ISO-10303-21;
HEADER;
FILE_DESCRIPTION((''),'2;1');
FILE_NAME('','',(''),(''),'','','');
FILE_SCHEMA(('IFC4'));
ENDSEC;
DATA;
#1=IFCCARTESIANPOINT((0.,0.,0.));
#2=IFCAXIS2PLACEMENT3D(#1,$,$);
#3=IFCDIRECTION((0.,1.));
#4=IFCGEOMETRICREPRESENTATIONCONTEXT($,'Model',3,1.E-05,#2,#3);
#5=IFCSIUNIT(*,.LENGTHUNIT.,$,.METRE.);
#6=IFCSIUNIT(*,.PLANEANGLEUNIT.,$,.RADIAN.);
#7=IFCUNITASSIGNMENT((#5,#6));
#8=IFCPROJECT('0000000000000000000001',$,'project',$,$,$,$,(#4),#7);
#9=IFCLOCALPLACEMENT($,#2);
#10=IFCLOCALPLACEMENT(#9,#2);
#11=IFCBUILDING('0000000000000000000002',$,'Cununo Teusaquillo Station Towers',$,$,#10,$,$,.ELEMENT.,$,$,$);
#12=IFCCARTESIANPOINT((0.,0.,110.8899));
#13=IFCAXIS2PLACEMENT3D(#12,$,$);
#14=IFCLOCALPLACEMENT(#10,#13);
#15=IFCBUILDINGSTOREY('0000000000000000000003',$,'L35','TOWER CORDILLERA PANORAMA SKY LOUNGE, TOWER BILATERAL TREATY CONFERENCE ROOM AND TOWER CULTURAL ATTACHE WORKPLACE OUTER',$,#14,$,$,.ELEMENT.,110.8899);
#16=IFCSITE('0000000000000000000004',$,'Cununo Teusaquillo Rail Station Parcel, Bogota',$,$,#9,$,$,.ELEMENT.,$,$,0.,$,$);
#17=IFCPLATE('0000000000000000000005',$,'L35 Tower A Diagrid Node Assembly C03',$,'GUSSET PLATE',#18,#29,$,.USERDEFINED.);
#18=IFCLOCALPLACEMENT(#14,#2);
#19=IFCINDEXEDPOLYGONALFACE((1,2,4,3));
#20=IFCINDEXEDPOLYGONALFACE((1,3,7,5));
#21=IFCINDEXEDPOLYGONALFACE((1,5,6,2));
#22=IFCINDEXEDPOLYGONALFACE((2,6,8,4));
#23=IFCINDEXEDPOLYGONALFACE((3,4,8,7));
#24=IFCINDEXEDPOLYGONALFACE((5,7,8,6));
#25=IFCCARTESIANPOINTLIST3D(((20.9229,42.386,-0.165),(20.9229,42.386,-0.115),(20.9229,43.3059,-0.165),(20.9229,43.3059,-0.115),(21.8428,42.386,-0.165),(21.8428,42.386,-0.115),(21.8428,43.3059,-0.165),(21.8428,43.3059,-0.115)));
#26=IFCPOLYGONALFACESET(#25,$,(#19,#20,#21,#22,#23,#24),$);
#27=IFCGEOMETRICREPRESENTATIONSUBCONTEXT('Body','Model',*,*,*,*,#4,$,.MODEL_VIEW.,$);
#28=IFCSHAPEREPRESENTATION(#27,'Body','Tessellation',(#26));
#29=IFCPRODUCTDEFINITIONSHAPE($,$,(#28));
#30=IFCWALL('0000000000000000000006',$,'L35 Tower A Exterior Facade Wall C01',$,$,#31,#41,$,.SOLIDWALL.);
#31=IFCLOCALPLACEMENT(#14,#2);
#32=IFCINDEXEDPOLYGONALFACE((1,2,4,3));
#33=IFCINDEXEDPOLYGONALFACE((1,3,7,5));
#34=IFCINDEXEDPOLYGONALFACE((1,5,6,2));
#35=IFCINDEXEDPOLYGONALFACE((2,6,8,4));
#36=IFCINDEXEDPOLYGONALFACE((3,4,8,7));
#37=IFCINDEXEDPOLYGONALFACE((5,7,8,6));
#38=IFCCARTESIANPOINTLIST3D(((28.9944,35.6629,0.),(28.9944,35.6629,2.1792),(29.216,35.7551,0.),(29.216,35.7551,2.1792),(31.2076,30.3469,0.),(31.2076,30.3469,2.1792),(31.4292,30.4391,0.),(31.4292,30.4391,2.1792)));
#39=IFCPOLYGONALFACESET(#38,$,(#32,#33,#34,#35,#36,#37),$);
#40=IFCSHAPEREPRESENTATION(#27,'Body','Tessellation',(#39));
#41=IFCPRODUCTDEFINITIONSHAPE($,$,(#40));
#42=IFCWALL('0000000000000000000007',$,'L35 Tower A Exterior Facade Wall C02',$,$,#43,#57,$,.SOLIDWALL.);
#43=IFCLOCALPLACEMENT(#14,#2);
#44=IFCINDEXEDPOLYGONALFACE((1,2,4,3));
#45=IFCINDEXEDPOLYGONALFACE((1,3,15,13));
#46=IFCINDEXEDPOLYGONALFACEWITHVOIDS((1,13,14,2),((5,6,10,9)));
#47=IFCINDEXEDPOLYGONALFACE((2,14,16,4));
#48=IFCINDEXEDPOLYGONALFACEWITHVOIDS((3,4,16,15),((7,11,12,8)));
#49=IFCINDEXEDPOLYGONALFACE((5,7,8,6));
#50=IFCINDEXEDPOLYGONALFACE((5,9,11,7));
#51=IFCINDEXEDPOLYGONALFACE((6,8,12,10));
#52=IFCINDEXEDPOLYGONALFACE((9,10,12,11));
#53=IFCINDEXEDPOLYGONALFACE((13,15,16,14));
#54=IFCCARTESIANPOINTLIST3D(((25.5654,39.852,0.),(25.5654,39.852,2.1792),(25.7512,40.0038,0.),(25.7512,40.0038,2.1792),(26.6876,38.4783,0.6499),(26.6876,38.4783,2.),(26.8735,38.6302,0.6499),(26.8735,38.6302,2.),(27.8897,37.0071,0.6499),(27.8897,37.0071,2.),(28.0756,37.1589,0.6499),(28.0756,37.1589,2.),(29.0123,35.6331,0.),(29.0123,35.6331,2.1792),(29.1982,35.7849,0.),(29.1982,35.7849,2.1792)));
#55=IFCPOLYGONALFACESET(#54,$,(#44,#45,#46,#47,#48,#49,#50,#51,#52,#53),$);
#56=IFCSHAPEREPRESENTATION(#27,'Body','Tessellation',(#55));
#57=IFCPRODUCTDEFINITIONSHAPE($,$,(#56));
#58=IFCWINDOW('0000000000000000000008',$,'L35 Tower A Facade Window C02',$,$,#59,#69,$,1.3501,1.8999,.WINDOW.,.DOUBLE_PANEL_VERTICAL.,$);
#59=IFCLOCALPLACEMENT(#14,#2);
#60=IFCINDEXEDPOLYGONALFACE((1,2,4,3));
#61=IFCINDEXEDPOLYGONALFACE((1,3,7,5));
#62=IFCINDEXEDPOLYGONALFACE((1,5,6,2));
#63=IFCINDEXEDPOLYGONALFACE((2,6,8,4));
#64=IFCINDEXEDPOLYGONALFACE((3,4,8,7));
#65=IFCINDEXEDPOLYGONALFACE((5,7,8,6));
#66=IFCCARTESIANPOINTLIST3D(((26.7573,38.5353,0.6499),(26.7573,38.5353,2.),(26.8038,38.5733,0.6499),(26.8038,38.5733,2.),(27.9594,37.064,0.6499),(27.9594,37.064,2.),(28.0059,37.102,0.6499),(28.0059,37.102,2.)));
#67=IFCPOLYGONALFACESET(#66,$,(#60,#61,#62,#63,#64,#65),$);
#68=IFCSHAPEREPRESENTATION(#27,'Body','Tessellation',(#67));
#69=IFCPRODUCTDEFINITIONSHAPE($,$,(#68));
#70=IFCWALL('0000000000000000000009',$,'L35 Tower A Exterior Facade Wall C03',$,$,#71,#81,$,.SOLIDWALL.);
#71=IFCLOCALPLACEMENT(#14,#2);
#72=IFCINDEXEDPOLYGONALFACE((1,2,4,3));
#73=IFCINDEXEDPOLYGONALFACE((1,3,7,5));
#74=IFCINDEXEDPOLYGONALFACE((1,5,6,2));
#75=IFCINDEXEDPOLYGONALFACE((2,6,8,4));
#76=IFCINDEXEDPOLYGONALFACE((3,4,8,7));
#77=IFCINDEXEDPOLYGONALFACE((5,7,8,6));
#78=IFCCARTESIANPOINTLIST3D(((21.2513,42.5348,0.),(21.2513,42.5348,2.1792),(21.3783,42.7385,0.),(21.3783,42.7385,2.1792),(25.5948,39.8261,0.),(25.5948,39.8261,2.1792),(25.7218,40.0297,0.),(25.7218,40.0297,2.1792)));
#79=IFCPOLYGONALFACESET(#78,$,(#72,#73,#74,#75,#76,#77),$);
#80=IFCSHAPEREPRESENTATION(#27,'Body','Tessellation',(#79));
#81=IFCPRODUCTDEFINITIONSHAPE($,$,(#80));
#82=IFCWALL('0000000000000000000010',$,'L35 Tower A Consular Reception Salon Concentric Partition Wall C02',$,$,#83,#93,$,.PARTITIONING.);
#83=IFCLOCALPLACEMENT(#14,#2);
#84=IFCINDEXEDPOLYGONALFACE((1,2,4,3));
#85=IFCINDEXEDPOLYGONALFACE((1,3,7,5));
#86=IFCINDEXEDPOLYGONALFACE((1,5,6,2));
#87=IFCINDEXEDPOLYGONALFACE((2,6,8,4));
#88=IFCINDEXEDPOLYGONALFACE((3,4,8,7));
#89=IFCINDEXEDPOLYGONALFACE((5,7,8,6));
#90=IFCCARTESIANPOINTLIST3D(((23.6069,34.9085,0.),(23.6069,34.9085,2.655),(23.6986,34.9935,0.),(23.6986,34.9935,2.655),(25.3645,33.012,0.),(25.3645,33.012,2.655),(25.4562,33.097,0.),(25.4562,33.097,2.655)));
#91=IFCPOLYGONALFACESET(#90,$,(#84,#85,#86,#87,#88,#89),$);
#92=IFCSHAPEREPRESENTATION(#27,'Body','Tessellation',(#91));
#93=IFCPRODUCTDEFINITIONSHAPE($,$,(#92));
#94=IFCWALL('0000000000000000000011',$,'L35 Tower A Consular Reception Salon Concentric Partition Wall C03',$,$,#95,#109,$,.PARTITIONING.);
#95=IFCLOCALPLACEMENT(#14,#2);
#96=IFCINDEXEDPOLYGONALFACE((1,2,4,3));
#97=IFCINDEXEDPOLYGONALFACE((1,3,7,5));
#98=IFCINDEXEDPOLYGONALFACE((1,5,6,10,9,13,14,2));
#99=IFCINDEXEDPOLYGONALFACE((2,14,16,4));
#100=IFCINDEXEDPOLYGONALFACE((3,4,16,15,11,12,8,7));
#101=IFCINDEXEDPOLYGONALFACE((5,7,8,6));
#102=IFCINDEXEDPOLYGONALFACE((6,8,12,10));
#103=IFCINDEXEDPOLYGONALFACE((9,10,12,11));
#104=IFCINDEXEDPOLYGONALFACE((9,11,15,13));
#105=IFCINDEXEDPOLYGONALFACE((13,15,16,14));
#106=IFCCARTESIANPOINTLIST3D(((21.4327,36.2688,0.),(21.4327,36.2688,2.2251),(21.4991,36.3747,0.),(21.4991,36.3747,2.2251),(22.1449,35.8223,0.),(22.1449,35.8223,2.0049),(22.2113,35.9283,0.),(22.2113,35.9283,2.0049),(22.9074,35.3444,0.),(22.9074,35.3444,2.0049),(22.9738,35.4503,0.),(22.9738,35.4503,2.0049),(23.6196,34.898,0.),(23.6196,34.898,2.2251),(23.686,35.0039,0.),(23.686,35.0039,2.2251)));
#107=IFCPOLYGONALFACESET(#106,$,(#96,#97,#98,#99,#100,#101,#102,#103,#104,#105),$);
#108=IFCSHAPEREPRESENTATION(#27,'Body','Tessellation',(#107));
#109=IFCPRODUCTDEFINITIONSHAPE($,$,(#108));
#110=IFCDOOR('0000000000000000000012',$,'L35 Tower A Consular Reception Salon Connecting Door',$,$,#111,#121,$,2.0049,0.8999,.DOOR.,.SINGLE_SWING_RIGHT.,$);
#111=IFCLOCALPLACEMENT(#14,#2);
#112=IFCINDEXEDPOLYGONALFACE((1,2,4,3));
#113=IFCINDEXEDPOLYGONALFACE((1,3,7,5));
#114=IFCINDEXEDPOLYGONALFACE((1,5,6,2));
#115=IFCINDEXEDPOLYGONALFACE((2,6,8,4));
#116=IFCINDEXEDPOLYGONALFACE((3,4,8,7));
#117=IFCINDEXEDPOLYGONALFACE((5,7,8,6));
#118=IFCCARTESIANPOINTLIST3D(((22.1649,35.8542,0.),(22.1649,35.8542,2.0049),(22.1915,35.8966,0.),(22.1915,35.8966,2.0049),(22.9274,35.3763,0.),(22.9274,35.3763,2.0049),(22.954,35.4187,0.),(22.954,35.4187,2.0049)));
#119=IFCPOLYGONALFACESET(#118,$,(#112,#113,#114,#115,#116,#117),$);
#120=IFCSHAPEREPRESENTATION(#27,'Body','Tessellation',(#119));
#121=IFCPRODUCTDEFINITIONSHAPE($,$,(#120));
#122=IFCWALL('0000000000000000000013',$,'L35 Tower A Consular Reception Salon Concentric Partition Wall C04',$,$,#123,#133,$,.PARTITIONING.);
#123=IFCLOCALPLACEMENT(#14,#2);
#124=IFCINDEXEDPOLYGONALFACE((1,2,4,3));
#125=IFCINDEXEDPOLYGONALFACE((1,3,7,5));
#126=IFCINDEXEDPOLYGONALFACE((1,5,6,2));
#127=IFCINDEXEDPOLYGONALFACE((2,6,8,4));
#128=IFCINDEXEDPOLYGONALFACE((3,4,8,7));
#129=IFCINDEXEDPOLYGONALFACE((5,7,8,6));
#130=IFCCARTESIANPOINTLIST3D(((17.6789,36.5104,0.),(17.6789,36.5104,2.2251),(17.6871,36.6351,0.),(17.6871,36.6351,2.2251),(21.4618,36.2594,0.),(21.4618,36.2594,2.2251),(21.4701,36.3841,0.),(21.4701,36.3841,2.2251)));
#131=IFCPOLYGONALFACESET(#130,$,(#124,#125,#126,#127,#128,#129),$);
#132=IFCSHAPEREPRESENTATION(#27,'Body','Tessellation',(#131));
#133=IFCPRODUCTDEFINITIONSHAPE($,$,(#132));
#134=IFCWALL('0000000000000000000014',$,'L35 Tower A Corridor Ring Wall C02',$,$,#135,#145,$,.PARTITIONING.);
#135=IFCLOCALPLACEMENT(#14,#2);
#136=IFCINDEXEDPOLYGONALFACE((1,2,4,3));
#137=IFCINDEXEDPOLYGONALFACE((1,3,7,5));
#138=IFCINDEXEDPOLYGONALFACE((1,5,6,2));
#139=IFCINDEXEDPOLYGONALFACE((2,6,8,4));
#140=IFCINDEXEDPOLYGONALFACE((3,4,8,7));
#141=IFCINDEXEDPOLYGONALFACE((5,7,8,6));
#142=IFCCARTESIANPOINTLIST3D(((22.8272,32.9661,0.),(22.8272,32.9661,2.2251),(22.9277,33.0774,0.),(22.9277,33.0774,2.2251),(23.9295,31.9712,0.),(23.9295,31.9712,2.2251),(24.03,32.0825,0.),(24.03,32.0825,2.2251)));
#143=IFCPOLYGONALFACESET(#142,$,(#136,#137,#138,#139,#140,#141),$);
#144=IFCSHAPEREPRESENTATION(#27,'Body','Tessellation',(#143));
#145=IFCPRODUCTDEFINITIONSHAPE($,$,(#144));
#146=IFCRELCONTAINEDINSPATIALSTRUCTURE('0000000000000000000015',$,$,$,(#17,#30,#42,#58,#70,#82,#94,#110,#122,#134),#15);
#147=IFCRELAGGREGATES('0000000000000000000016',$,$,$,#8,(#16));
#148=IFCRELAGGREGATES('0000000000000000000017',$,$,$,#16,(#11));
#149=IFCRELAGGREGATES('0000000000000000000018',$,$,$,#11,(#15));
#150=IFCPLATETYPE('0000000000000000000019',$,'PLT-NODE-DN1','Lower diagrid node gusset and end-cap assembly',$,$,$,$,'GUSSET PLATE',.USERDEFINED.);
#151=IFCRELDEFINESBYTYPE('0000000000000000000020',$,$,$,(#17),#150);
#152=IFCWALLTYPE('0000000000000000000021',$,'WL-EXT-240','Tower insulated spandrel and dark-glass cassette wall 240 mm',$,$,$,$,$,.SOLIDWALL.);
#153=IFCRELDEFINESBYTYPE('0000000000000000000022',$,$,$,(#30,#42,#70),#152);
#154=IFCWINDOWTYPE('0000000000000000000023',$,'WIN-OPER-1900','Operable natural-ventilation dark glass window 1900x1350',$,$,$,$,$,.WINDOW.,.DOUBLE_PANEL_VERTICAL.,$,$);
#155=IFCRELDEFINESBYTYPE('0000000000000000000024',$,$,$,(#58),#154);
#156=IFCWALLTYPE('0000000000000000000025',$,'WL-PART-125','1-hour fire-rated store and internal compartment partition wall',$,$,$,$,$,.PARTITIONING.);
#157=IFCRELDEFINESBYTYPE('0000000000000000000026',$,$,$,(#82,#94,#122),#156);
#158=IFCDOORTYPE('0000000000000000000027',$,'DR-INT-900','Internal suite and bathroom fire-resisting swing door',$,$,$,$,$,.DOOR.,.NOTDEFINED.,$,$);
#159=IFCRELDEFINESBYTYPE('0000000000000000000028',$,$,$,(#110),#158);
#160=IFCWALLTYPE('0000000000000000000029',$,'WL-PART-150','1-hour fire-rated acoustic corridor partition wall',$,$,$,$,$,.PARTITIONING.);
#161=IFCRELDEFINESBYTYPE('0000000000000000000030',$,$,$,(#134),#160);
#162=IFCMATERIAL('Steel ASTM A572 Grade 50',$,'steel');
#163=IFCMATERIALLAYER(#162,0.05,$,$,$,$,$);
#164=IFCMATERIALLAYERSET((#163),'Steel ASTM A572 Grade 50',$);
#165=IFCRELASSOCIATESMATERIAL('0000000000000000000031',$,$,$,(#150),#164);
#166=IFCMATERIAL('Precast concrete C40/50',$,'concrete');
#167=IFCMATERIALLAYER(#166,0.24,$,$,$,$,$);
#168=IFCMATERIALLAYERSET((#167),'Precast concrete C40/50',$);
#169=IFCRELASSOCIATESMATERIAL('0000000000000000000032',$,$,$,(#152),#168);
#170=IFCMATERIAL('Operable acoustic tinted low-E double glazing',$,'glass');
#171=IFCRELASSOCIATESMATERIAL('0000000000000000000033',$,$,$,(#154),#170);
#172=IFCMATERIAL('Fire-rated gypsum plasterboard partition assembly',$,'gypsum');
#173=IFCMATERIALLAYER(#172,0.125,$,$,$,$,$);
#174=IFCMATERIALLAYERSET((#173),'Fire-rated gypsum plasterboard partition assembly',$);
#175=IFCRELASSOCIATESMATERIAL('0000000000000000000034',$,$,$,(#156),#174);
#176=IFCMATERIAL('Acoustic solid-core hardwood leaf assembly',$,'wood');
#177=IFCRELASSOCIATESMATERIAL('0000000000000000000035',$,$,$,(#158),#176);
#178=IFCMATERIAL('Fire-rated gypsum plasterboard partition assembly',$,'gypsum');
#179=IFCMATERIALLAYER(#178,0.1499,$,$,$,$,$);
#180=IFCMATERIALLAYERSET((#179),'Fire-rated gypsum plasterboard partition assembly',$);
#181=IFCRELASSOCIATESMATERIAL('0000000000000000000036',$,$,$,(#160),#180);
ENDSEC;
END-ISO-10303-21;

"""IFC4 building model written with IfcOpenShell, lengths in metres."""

from ifc_helpers import new_model, si_unit, direction, frame, frame_2d, origin, origin_2d, place, context, subcontext, project, spatial, rectangle, extrude, source, transform, mapped, material, layer, layer_set, type_object, element, fill, save


model = new_model("IFC4")

# Units and contexts
model_context = context("Model", 3, precision=1e-05, world=origin(), true_north=direction((0.0, 1.0)))
body_context = subcontext(model_context, "Body", "Model", "MODEL_VIEW")
ifc_project = project(units=[si_unit("LENGTHUNIT", "METRE"), si_unit("PLANEANGLEUNIT", "RADIAN")], contexts=[model_context])

# Site, building, storey
site_placement = place(None, origin())
site = spatial("IfcSite", under=ifc_project, at=site_placement, Name="Cununo Teusaquillo Rail Station Parcel, Bogota", CompositionType="ELEMENT", RefElevation=0.0)
building_placement = place(site_placement, origin())
building = spatial("IfcBuilding", under=site, at=building_placement, Name="Cununo Teusaquillo Station Towers", CompositionType="ELEMENT")
storey_placement = place(building_placement, frame((0.0, 0.0, 110.8899)))
storey = spatial("IfcBuildingStorey", under=building, at=storey_placement, Name="L35", Description="TOWER CORDILLERA PANORAMA SKY LOUNGE, TOWER BILATERAL TREATY CONFERENCE ROOM AND TOWER CULTURAL ATTACHE WORKPLACE OUTER", CompositionType="ELEMENT", Elevation=110.8899)

# Plate
ifc_material_1 = material(Name="Steel ASTM A572 Grade 50", Category="steel")
ifc_layer_1 = layer(ifc_material_1, 0.05)
ifc_layer_set_1 = layer_set([ifc_layer_1], Name="Steel ASTM A572 Grade 50")
plate_type = type_object("IfcPlateType", Name="PLT-NODE-DN1", Description="Lower diagrid node gusset and end-cap assembly", ElementType="GUSSET PLATE", PredefinedType="USERDEFINED", material=ifc_layer_set_1)
shared_shape_1 = source(origin(), body_context, "Body", "SweptSolid", [
    extrude(rectangle(XDim=0.9199, YDim=0.9199, at=origin_2d()), origin(), (0.0, 0.0, 1.0), 0.05),
])
plate_placement = place(storey_placement, frame((21.3828, 42.8459, -0.165), z_axis=(0.0, 0.0, 1.0), x_axis=(1.0, 0.0, 0.0)))
element("IfcPlate", 1, at=plate_placement, inside=storey, type_object=plate_type, Name="L35 Tower A Diagrid Node Assembly C03", ObjectType="GUSSET PLATE", PredefinedType="USERDEFINED", context=body_context, shape_type="MappedRepresentation", body=[
    mapped(shared_shape_1, transform((0.0, 0.0, 0.0), x_axis=(1.0, 0.0, 0.0), y_axis=(0.0, 1.0, 0.0), z_axis=(0.0, 0.0, 1.0), scale=1.0)),
])

# Wall
ifc_material_2 = material(Name="Precast concrete C40/50", Category="concrete")
ifc_layer_2 = layer(ifc_material_2, 0.24)
ifc_layer_set_2 = layer_set([ifc_layer_2], Name="Precast concrete C40/50")
wall_type_1 = type_object("IfcWallType", Name="WL-EXT-240", Description="Tower insulated spandrel and dark-glass cassette wall 240 mm", PredefinedType="SOLIDWALL", material=ifc_layer_set_2)
wall_1_placement = place(storey_placement, frame((29.1052, 35.709, 0.0), z_axis=(0.0, 0.0, 1.0), x_axis=(0.384344, -0.92319, 0.0)))
element("IfcWall", 2, at=wall_1_placement, inside=storey, type_object=wall_type_1, Name="L35 Tower A Exterior Facade Wall C01", PredefinedType="SOLIDWALL", context=body_context, shape_type="SweptSolid", body=[
    extrude(rectangle(XDim=5.7583, YDim=0.24, at=frame_2d((2.8792, 0.0))), origin(), (0.0, 0.0, 1.0), 2.1792),
])

# Wall, opening, window
wall_2_placement = place(storey_placement, frame((25.6582, 39.928, 0.0), z_axis=(0.0, 0.0, 1.0), x_axis=(0.632701, -0.774396, 0.0)))
wall_2 = element("IfcWall", 3, at=wall_2_placement, inside=storey, type_object=wall_type_1, Name="L35 Tower A Exterior Facade Wall C02", PredefinedType="SOLIDWALL", context=body_context, shape_type="SweptSolid", body=[
    extrude(rectangle(XDim=5.448, YDim=0.24, at=frame_2d((2.7241, 0.0))), origin(), (0.0, 0.0, 1.0), 2.1792),
])
shared_shape_2 = source(origin(), body_context, "Body", "SweptSolid", [
    extrude(rectangle(XDim=1.8999, YDim=1.3501, at=frame_2d((0.95, 0.675))), frame((0.0, 0.1299, 0.0), z_axis=(0.0, -1.0, 0.0), x_axis=(1.0, 0.0, 0.0)), (0.0, 0.0, 1.0), 0.26),
])
opening_1_placement = place(wall_2_placement, frame((1.7739, 0.0, 0.6499)))
opening_1 = element("IfcOpeningElement", 4, at=opening_1_placement, cuts=wall_2, PredefinedType="OPENING", context=body_context, shape_type="MappedRepresentation", body=[
    mapped(shared_shape_2, transform((0.0, 0.0, 0.0), x_axis=(1.0, 0.0, 0.0), y_axis=(0.0, 1.0, 0.0), z_axis=(0.0, 0.0, 1.0), scale=1.0)),
])
ifc_material_3 = material(Name="Operable acoustic tinted low-E double glazing", Category="glass")
window_type = type_object("IfcWindowType", Name="WIN-OPER-1900", Description="Operable natural-ventilation dark glass window 1900x1350", PartitioningType="DOUBLE_PANEL_VERTICAL", PredefinedType="WINDOW", material=ifc_material_3)
shared_shape_3 = source(origin(), body_context, "Body", "SweptSolid", [
    extrude(rectangle(XDim=1.8999, YDim=1.3501, at=frame_2d((0.95, 0.675))), frame((0.0, 0.03, 0.0), z_axis=(0.0, -1.0, 0.0), x_axis=(1.0, 0.0, 0.0)), (0.0, 0.0, 1.0), 0.0601),
])
window_placement = place(opening_1_placement, origin())
window = element("IfcWindow", 5, at=window_placement, inside=storey, type_object=window_type, Name="L35 Tower A Facade Window C02", OverallHeight=1.3501, OverallWidth=1.8999, PartitioningType="DOUBLE_PANEL_VERTICAL", PredefinedType="WINDOW", context=body_context, shape_type="MappedRepresentation", body=[
    mapped(shared_shape_3, transform((0.0, 0.0, 0.0), x_axis=(1.0, 0.0, 0.0), y_axis=(0.0, 1.0, 0.0), z_axis=(0.0, 0.0, 1.0), scale=1.0)),
])
fill(opening_1, window)

# Walls
wall_3_placement = place(storey_placement, frame((21.3147, 42.6367, 0.0), z_axis=(0.0, 0.0, 1.0), x_axis=(0.84852, -0.529163, 0.0)))
element("IfcWall", 6, at=wall_3_placement, inside=storey, type_object=wall_type_1, Name="L35 Tower A Exterior Facade Wall C03", PredefinedType="SOLIDWALL", context=body_context, shape_type="SweptSolid", body=[
    extrude(rectangle(XDim=5.1189, YDim=0.24, at=frame_2d((2.5596, 0.0))), origin(), (0.0, 0.0, 1.0), 2.1792),
])
ifc_material_4 = material(Name="Fire-rated gypsum plasterboard partition assembly", Category="gypsum")
ifc_layer_3 = layer(ifc_material_4, 0.125)
ifc_layer_set_3 = layer_set([ifc_layer_3], Name="Fire-rated gypsum plasterboard partition assembly")
wall_type_2 = type_object("IfcWallType", Name="WL-PART-125", Description="1-hour fire-rated store and internal compartment partition wall", PredefinedType="PARTITIONING", material=ifc_layer_set_3)
wall_4_placement = place(storey_placement, frame((25.4104, 33.0544, 0.0), z_axis=(0.0, 0.0, 1.0), x_axis=(-0.679734, 0.733459, 0.0)))
element("IfcWall", 7, at=wall_4_placement, inside=storey, type_object=wall_type_2, Name="L35 Tower A Consular Reception Salon Concentric Partition Wall C02", PredefinedType="PARTITIONING", context=body_context, shape_type="SweptSolid", body=[
    extrude(rectangle(XDim=2.5857, YDim=0.125, at=frame_2d((1.293, 0.0))), origin(), (0.0, 0.0, 1.0), 2.655),
])

# Wall, opening, door
wall_5_placement = place(storey_placement, frame((23.6528, 34.9509, 0.0), z_axis=(0.0, 0.0, 1.0), x_axis=(-0.847307, 0.531104, 0.0)))
wall_5 = element("IfcWall", 8, at=wall_5_placement, inside=storey, type_object=wall_type_2, Name="L35 Tower A Consular Reception Salon Concentric Partition Wall C03", PredefinedType="PARTITIONING", context=body_context, shape_type="SweptSolid", body=[
    extrude(rectangle(XDim=2.5811, YDim=0.125, at=frame_2d((1.2905, 0.0))), origin(), (0.0, 0.0, 1.0), 2.2251),
])
shared_shape_4 = source(origin(), body_context, "Body", "SweptSolid", [
    extrude(rectangle(XDim=0.8999, YDim=2.0049, at=frame_2d((0.45, 1.0024))), frame((0.0, 0.0725, 0.0), z_axis=(0.0, -1.0, 0.0), x_axis=(1.0, 0.0, 0.0)), (0.0, 0.0, 1.0), 0.145),
])
opening_2_placement = place(wall_5_placement, frame((0.8406, 0.0, 0.0)))
opening_2 = element("IfcOpeningElement", 9, at=opening_2_placement, cuts=wall_5, PredefinedType="OPENING", context=body_context, shape_type="MappedRepresentation", body=[
    mapped(shared_shape_4, transform((0.0, 0.0, 0.0), x_axis=(1.0, 0.0, 0.0), y_axis=(0.0, 1.0, 0.0), z_axis=(0.0, 0.0, 1.0), scale=1.0)),
])
ifc_material_5 = material(Name="Acoustic solid-core hardwood leaf assembly", Category="wood")
door_type_1 = type_object("IfcDoorType", Name="DR-INT-900", Description="Internal suite and bathroom fire-resisting swing door", OperationType="NOTDEFINED", PredefinedType="DOOR", material=ifc_material_5)
shared_shape_5 = source(origin(), body_context, "Body", "SweptSolid", [
    extrude(rectangle(XDim=0.8999, YDim=2.0049, at=frame_2d((0.45, 1.0024))), frame((0.0, 0.0249, 0.0), z_axis=(0.0, -1.0, 0.0), x_axis=(1.0, 0.0, 0.0)), (0.0, 0.0, 1.0), 0.05),
])
door_1_placement = place(opening_2_placement, origin())
door_1 = element("IfcDoor", 10, at=door_1_placement, inside=storey, type_object=door_type_1, Name="L35 Tower A Consular Reception Salon Connecting Door", OperationType="SINGLE_SWING_RIGHT", OverallHeight=2.0049, OverallWidth=0.8999, PredefinedType="DOOR", context=body_context, shape_type="MappedRepresentation", body=[
    mapped(shared_shape_5, transform((0.0, 0.0, 0.0), x_axis=(1.0, 0.0, 0.0), y_axis=(0.0, 1.0, 0.0), z_axis=(0.0, 0.0, 1.0), scale=1.0)),
])
fill(opening_2, door_1)

# Walls
wall_6_placement = place(storey_placement, frame((21.4658, 36.3218, 0.0), z_axis=(0.0, 0.0, 1.0), x_axis=(-0.997806, 0.066198, 0.0)))
element("IfcWall", 11, at=wall_6_placement, inside=storey, type_object=wall_type_2, Name="L35 Tower A Consular Reception Salon Concentric Partition Wall C04", PredefinedType="PARTITIONING", context=body_context, shape_type="SweptSolid", body=[
    extrude(rectangle(XDim=3.7913, YDim=0.125, at=frame_2d((1.8955, 0.0))), origin(), (0.0, 0.0, 1.0), 2.2251),
])
ifc_material_6 = material(Name="Fire-rated gypsum plasterboard partition assembly", Category="gypsum")
ifc_layer_4 = layer(ifc_material_6, 0.1499)
ifc_layer_set_4 = layer_set([ifc_layer_4], Name="Fire-rated gypsum plasterboard partition assembly")
wall_type_3 = type_object("IfcWallType", Name="WL-PART-150", Description="1-hour fire-rated acoustic corridor partition wall", PredefinedType="PARTITIONING", material=ifc_layer_set_4)
wall_7_placement = place(storey_placement, frame((23.9797, 32.0269, 0.0), z_axis=(0.0, 0.0, 1.0), x_axis=(-0.742353, 0.670009, 0.0)))
element("IfcWall", 12, at=wall_7_placement, inside=storey, type_object=wall_type_3, Name="L35 Tower A Corridor Ring Wall C02", PredefinedType="PARTITIONING", context=body_context, shape_type="SweptSolid", body=[
    extrude(rectangle(XDim=1.4849, YDim=0.1499, at=frame_2d((0.7424, 0.0))), origin(), (0.0, 0.0, 1.0), 2.2251),
])

save(model, "model.ifc")
